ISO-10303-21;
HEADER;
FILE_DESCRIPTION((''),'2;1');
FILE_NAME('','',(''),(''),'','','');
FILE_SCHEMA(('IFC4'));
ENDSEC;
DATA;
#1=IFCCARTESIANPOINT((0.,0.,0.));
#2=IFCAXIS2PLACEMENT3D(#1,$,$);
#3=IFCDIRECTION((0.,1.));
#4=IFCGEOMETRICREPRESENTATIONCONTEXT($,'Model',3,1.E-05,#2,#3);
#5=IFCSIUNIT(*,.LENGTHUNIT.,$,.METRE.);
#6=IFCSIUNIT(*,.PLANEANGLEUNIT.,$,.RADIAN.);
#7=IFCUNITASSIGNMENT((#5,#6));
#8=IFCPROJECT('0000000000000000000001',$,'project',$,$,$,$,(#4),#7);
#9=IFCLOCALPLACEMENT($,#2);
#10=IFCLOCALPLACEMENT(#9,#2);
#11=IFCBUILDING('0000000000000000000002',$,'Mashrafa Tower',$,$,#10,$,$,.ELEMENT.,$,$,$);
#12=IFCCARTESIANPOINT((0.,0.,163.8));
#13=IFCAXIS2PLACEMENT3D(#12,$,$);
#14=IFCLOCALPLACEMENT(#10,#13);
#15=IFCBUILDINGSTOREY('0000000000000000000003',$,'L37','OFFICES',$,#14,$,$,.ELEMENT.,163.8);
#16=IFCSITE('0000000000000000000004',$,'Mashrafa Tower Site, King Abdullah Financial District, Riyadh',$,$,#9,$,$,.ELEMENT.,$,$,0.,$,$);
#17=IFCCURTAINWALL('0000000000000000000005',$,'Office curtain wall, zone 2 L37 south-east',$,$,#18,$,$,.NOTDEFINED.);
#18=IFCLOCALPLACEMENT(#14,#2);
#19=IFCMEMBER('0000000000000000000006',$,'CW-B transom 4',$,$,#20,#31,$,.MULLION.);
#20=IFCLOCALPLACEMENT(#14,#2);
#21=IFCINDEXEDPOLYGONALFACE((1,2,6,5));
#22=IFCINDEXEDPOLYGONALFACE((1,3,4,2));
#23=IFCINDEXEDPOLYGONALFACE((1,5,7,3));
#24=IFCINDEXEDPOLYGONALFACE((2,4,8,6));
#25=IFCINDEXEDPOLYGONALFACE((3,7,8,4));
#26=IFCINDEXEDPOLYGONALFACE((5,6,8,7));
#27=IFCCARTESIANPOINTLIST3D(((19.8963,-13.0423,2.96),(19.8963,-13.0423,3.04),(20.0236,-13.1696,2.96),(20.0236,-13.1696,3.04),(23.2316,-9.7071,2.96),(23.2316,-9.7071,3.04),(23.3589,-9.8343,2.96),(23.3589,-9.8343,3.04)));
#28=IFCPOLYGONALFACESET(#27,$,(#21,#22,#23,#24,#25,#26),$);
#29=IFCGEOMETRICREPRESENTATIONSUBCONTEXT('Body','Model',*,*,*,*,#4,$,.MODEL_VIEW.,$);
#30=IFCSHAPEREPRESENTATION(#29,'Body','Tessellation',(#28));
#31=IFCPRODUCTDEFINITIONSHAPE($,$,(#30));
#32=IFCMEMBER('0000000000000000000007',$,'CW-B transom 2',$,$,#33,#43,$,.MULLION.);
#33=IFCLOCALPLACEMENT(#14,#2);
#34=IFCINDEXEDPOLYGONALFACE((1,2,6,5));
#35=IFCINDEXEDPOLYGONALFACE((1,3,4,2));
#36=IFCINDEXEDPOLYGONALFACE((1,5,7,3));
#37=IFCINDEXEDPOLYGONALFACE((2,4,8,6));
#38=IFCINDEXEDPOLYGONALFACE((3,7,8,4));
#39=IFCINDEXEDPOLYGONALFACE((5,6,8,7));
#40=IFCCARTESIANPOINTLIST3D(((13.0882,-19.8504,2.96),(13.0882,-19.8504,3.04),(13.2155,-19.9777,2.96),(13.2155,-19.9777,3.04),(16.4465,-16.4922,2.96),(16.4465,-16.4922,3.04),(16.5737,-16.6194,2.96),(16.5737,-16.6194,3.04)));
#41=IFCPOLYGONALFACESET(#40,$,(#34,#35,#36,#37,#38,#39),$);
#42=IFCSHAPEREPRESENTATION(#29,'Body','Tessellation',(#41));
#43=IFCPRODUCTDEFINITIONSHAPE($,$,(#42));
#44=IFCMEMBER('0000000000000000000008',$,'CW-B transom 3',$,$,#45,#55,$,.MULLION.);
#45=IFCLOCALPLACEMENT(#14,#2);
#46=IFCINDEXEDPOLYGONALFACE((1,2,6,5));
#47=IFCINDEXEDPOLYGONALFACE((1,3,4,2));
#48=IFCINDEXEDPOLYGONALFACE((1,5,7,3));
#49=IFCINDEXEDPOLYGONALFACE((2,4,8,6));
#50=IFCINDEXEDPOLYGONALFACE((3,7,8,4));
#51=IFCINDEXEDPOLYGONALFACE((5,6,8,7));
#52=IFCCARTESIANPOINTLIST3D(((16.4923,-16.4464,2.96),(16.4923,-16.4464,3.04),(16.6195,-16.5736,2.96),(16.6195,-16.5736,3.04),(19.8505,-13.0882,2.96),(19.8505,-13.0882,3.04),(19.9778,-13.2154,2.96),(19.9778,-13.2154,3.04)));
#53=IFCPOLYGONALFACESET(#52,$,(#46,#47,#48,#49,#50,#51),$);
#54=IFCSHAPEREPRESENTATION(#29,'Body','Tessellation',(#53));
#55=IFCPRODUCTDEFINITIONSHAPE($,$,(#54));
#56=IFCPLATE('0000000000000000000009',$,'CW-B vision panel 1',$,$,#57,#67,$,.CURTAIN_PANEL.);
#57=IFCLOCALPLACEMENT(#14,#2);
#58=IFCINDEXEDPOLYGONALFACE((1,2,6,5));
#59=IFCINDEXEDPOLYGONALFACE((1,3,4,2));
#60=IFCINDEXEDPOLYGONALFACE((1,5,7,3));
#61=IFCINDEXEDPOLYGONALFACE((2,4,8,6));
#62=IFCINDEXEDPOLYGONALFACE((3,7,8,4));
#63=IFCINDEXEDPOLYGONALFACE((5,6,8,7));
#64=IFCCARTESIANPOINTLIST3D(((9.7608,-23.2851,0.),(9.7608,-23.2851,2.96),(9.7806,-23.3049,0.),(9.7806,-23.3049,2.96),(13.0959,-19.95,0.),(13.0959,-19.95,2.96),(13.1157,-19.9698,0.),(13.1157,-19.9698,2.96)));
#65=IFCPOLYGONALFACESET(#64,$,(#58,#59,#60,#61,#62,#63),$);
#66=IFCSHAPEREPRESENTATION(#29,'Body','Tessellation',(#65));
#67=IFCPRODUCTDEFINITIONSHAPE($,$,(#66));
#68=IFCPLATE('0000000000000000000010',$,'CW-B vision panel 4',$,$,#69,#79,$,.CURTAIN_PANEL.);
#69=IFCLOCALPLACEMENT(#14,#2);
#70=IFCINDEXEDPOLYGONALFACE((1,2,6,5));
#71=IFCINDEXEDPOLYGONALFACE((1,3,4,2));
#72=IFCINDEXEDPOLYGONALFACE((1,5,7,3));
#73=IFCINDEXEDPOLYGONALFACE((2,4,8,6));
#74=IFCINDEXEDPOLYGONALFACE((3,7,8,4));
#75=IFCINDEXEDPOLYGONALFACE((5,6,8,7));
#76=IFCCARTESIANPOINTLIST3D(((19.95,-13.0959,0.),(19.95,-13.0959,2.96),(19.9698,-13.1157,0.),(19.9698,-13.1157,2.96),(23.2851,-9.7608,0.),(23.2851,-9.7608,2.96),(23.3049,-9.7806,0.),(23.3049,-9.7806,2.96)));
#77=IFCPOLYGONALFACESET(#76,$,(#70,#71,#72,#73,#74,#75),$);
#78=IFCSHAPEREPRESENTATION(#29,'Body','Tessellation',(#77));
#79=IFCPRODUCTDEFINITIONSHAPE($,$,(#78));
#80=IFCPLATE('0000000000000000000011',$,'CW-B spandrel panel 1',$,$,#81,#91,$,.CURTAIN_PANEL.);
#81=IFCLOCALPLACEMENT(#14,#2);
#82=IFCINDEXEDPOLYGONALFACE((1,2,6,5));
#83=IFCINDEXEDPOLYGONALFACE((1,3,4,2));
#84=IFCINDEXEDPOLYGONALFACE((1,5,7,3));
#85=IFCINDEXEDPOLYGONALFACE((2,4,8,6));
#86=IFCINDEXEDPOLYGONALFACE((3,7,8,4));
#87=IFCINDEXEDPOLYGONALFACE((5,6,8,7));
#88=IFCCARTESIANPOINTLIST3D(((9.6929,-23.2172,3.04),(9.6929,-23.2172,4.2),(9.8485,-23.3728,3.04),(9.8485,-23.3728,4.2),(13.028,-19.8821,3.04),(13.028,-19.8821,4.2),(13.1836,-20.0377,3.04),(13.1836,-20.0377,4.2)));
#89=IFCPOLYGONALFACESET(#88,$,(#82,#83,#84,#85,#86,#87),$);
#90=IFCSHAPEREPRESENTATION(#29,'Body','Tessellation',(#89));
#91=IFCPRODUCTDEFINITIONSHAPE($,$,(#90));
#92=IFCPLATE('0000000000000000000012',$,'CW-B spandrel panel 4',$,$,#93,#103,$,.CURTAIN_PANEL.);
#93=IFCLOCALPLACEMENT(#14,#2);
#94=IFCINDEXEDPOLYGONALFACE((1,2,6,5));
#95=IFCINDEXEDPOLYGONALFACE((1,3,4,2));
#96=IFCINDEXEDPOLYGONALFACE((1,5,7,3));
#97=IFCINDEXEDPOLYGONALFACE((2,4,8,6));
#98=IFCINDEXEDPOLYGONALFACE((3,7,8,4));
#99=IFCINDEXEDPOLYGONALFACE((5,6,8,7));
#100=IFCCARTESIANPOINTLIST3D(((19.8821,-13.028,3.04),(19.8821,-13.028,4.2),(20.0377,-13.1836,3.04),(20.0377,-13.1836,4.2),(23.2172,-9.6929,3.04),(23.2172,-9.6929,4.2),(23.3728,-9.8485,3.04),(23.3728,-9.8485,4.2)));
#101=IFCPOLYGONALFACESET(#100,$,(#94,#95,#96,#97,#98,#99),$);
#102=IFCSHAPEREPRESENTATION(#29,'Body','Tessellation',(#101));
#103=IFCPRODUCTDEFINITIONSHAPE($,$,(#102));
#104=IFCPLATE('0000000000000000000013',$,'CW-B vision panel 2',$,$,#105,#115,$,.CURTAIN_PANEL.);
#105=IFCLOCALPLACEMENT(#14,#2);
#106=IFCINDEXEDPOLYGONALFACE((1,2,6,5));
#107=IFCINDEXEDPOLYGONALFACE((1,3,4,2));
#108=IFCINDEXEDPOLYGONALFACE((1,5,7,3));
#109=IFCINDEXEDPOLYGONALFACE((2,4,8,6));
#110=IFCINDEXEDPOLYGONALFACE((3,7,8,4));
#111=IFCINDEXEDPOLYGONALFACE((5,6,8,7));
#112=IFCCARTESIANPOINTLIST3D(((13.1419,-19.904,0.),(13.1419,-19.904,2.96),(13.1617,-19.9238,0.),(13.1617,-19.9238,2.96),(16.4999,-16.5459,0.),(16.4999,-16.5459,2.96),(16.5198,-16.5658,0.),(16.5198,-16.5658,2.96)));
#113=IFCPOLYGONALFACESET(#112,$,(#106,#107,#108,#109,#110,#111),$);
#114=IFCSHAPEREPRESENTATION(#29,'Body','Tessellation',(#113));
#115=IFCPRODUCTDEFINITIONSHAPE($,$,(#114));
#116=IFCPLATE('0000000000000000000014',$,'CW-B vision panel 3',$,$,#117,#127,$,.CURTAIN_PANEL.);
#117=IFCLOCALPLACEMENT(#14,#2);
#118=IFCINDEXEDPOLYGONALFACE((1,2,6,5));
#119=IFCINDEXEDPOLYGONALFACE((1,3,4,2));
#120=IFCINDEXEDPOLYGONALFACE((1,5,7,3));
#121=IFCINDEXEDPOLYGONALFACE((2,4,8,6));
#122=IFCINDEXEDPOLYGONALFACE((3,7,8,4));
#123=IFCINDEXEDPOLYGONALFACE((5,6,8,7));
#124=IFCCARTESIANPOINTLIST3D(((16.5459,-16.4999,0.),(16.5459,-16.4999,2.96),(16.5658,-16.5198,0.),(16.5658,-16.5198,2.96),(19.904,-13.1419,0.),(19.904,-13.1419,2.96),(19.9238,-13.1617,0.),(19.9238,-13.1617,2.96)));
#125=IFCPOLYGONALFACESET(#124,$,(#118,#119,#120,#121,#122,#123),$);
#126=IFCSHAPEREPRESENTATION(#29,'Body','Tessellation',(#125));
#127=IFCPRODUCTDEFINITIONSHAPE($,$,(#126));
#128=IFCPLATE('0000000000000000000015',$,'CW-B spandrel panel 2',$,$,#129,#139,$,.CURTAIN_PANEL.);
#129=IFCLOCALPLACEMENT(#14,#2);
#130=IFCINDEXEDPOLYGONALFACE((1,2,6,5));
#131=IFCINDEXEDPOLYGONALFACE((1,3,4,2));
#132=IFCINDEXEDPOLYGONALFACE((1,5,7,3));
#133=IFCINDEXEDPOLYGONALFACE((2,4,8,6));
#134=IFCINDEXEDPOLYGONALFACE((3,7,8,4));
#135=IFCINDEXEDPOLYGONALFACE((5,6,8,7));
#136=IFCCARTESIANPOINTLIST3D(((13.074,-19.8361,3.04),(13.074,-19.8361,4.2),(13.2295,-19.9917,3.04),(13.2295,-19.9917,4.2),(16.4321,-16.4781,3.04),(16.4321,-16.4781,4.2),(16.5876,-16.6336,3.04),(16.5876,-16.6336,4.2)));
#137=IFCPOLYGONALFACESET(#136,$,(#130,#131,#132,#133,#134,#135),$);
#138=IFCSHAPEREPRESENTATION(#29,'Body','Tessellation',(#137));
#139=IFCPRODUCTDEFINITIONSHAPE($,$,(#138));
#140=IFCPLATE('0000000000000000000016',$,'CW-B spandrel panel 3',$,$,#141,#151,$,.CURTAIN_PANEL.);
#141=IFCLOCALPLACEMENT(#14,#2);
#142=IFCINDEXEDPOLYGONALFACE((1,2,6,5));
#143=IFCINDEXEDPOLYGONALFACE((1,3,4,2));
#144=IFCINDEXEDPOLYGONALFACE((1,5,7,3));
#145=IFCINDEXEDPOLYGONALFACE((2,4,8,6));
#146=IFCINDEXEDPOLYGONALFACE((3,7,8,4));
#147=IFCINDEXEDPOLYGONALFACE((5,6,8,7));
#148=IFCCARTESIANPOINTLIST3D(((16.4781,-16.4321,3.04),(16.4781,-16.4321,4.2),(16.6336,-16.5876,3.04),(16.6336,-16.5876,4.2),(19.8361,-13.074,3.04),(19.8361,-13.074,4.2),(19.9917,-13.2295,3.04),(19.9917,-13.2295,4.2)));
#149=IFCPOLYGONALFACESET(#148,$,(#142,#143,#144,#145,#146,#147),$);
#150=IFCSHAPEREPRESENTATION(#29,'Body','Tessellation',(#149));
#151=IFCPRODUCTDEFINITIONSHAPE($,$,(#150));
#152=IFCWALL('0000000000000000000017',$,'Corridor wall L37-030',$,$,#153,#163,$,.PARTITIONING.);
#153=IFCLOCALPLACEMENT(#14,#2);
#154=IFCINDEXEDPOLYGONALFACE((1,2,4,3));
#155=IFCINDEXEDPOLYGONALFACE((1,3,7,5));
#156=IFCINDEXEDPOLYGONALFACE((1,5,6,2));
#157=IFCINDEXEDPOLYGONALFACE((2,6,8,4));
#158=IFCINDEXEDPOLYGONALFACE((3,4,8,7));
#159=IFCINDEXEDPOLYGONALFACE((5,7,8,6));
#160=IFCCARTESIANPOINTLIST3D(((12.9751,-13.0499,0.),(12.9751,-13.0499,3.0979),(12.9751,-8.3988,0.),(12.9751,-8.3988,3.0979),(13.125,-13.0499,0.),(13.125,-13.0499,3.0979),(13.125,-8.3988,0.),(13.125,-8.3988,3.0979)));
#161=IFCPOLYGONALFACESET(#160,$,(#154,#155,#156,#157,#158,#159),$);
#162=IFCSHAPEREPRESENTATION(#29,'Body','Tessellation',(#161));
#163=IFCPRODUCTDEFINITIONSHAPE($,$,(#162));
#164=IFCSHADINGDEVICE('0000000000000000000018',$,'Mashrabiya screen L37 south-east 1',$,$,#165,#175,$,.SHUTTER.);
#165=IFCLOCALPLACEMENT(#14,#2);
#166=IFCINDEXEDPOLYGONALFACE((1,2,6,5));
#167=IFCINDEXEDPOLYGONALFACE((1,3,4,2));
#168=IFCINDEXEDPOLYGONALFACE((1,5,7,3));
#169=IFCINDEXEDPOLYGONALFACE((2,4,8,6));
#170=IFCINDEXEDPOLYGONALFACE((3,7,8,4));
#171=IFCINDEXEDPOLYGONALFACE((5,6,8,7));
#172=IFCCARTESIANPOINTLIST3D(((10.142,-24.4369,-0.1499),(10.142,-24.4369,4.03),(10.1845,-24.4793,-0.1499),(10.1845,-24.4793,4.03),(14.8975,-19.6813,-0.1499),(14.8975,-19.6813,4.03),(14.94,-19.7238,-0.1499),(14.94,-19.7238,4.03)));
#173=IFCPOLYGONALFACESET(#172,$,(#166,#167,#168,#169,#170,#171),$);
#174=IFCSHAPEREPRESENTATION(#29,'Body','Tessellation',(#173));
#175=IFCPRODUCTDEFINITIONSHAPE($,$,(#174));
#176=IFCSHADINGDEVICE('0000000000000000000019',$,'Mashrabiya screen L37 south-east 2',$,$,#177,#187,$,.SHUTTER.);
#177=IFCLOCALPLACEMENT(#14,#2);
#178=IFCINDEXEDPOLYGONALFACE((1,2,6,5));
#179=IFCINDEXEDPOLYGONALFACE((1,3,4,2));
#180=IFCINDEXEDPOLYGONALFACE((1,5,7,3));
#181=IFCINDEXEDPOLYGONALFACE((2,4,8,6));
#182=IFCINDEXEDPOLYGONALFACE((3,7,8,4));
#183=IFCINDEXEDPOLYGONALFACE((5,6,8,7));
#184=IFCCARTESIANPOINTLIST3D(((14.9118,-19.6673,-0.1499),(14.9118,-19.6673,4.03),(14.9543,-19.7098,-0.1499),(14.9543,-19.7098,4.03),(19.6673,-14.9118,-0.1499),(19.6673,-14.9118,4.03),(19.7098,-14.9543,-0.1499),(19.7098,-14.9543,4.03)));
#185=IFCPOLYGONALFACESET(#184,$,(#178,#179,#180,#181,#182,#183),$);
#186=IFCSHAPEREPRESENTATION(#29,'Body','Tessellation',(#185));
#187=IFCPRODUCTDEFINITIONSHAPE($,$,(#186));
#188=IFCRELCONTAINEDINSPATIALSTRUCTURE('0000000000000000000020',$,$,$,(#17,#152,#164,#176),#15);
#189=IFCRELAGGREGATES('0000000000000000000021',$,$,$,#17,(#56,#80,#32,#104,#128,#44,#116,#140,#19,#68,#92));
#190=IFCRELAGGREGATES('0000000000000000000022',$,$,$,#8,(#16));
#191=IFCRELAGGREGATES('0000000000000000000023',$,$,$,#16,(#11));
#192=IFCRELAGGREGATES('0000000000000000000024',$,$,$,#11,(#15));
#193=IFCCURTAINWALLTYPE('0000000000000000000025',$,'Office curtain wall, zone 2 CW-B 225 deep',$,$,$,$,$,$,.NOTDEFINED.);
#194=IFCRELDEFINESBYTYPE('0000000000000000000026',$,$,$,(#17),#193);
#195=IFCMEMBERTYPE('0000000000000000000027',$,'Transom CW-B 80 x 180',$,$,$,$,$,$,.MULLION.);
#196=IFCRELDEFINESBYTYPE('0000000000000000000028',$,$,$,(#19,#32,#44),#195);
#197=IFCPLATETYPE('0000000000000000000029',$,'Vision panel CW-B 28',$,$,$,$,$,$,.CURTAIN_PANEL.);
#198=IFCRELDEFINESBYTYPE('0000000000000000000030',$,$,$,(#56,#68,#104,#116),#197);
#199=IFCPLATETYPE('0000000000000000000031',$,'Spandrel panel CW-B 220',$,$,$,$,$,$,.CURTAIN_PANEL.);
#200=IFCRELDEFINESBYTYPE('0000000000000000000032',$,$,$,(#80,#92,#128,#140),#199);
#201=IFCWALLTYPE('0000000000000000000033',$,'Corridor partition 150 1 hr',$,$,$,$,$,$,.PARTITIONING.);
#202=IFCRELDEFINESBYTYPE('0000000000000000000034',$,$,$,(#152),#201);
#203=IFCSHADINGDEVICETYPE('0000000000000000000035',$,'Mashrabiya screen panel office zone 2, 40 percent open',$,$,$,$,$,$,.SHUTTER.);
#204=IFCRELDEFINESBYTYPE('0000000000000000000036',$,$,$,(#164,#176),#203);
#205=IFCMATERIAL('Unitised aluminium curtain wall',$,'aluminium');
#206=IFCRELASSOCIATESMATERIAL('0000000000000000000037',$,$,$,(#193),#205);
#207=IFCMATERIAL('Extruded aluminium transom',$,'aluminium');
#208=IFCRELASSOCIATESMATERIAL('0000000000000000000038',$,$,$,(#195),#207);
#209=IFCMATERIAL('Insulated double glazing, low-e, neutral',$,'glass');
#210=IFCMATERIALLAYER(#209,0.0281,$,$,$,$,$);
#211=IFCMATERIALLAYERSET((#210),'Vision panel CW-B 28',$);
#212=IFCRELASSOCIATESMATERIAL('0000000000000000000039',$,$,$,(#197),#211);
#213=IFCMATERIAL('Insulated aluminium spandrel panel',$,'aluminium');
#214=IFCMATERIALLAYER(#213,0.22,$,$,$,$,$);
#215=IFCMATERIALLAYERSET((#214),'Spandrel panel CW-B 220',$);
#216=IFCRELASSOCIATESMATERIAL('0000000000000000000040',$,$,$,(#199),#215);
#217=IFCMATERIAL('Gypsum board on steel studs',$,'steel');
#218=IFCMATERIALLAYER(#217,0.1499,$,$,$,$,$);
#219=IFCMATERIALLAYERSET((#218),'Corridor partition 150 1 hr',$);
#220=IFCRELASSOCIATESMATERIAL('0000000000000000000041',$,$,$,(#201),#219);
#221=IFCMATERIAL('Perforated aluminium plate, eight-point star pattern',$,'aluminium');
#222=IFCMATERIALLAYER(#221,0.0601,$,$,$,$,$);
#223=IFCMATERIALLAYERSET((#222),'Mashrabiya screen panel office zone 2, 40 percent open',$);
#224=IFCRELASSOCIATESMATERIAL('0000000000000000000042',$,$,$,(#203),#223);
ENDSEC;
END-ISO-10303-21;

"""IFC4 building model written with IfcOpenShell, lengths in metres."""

from ifc_helpers import new_model, si_unit, direction, frame, frame_2d, origin, origin_2d, place, context, subcontext, project, spatial, rectangle, extrude, source, transform, mapped, material, layer, layer_set, material_profile, profile_set, type_object, type_shapes, element, aggregate, save


model = new_model("IFC4")

# Units and contexts
model_context = context("Model", 3, precision=1e-05, world=origin(), true_north=direction((0.0, 1.0)))
body_context = subcontext(model_context, "Body", "Model", "MODEL_VIEW")
ifc_project = project(units=[si_unit("LENGTHUNIT", "METRE"), si_unit("PLANEANGLEUNIT", "RADIAN")], contexts=[model_context])

# Site, building, storey
site_placement = place(None, origin())
site = spatial("IfcSite", under=ifc_project, at=site_placement, Name="Mashrafa Tower Site, King Abdullah Financial District, Riyadh", CompositionType="ELEMENT", RefElevation=0.0)
building_placement = place(site_placement, origin())
building = spatial("IfcBuilding", under=site, at=building_placement, Name="Mashrafa Tower", CompositionType="ELEMENT")
storey_placement = place(building_placement, frame((0.0, 0.0, 163.8)))
storey = spatial("IfcBuildingStorey", under=building, at=storey_placement, Name="L37", Description="OFFICES", CompositionType="ELEMENT", Elevation=163.8)

# Curtain wall, members, plates
ifc_material_1 = material(Name="Unitised aluminium curtain wall", Category="aluminium")
curtain_wall_type = type_object("IfcCurtainWallType", Name="Office curtain wall, zone 2 CW-B 225 deep", PredefinedType="NOTDEFINED", material=ifc_material_1)
curtain_wall_placement = place(storey_placement, origin())
curtain_wall = element("IfcCurtainWall", 1, at=curtain_wall_placement, inside=storey, type_object=curtain_wall_type, Name="Office curtain wall, zone 2 L37 south-east", PredefinedType="NOTDEFINED")
ifc_material_2 = material(Name="Extruded aluminium transom", Category="aluminium")
ifc_material_profile_1 = material_profile(ifc_material_2, rectangle(XDim=0.1799, YDim=0.0801, at=origin_2d()), Name="Transom 80x180")
ifc_profile_set_1 = profile_set([ifc_material_profile_1], Name="Extruded aluminium transom")
member_type_1 = type_object("IfcMemberType", Name="Transom CW-B 80 x 180", PredefinedType="MULLION", material=ifc_profile_set_1)
shared_shape_1 = source(origin(), body_context, "Body", "SweptSolid", [
    extrude(rectangle(XDim=0.1799, YDim=0.0801, at=origin_2d()), origin(), (0.0, 0.0, 1.0), 4.7168),
])
member_1_placement = place(storey_placement, frame((19.96, -13.106, 3.0), z_axis=(0.707107, 0.707107, 0.0), x_axis=(-0.707107, 0.707107, 0.0)))
member_1 = element("IfcMember", 2, at=member_1_placement, type_object=member_type_1, Name="CW-B transom 4", PredefinedType="MULLION", context=body_context, shape_type="MappedRepresentation", body=[
    mapped(shared_shape_1, transform((0.0, 0.0, 0.0))),
])
shared_shape_2 = source(origin(), body_context, "Body", "SweptSolid", [
    extrude(rectangle(XDim=0.1799, YDim=0.0801, at=origin_2d()), origin(), (0.0, 0.0, 1.0), 4.7493),
])
type_shapes(member_type_1, [shared_shape_1, shared_shape_2])
member_2_placement = place(storey_placement, frame((13.1519, -19.9141, 3.0), z_axis=(0.707107, 0.707107, 0.0), x_axis=(-0.707107, 0.707107, 0.0)))
member_2 = element("IfcMember", 3, at=member_2_placement, type_object=member_type_1, Name="CW-B transom 2", PredefinedType="MULLION", context=body_context, shape_type="MappedRepresentation", body=[
    mapped(shared_shape_2, transform((0.0, 0.0, 0.0))),
])
member_3_placement = place(storey_placement, frame((16.5559, -16.51, 3.0), z_axis=(0.707107, 0.707107, 0.0), x_axis=(-0.707107, 0.707107, 0.0)))
member_3 = element("IfcMember", 4, at=member_3_placement, type_object=member_type_1, Name="CW-B transom 3", PredefinedType="MULLION", context=body_context, shape_type="MappedRepresentation", body=[
    mapped(shared_shape_2, transform((0.0, 0.0, 0.0))),
])
ifc_material_3 = material(Name="Insulated double glazing, low-e, neutral", Category="glass")
ifc_layer_1 = layer(ifc_material_3, 0.0281)
ifc_layer_set_1 = layer_set([ifc_layer_1], Name="Vision panel CW-B 28")
plate_type_1 = type_object("IfcPlateType", Name="Vision panel CW-B 28", PredefinedType="CURTAIN_PANEL", material=ifc_layer_set_1)
shared_shape_3 = source(origin(), body_context, "Body", "SweptSolid", [
    extrude(rectangle(XDim=4.7166, YDim=0.0281, at=origin_2d()), origin(), (0.0, 0.0, 1.0), 2.96),
])
plate_1_placement = place(storey_placement, frame((11.4382, -21.6274, 0.0), z_axis=(0.0, 0.0, 1.0), x_axis=(0.707107, 0.707107, 0.0)))
plate_1 = element("IfcPlate", 5, at=plate_1_placement, type_object=plate_type_1, Name="CW-B vision panel 1", PredefinedType="CURTAIN_PANEL", context=body_context, shape_type="MappedRepresentation", body=[
    mapped(shared_shape_3, transform((0.0, 0.0, 0.0))),
])
plate_2_placement = place(storey_placement, frame((21.6274, -11.4382, 0.0), z_axis=(0.0, 0.0, 1.0), x_axis=(0.707107, 0.707107, 0.0)))
plate_2 = element("IfcPlate", 6, at=plate_2_placement, type_object=plate_type_1, Name="CW-B vision panel 4", PredefinedType="CURTAIN_PANEL", context=body_context, shape_type="MappedRepresentation", body=[
    mapped(shared_shape_3, transform((0.0, 0.0, 0.0))),
])
ifc_material_4 = material(Name="Insulated aluminium spandrel panel", Category="aluminium")
ifc_layer_2 = layer(ifc_material_4, 0.22)
ifc_layer_set_2 = layer_set([ifc_layer_2], Name="Spandrel panel CW-B 220")
plate_type_2 = type_object("IfcPlateType", Name="Spandrel panel CW-B 220", PredefinedType="CURTAIN_PANEL", material=ifc_layer_set_2)
shared_shape_4 = source(origin(), body_context, "Body", "SweptSolid", [
    extrude(rectangle(XDim=4.7166, YDim=0.22, at=origin_2d()), origin(), (0.0, 0.0, 1.0), 1.1599),
])
plate_3_placement = place(storey_placement, frame((11.4382, -21.6274, 3.04), z_axis=(0.0, 0.0, 1.0), x_axis=(0.707107, 0.707107, 0.0)))
plate_3 = element("IfcPlate", 7, at=plate_3_placement, type_object=plate_type_2, Name="CW-B spandrel panel 1", PredefinedType="CURTAIN_PANEL", context=body_context, shape_type="MappedRepresentation", body=[
    mapped(shared_shape_4, transform((0.0, 0.0, 0.0))),
])
plate_4_placement = place(storey_placement, frame((21.6274, -11.4382, 3.04), z_axis=(0.0, 0.0, 1.0), x_axis=(0.707107, 0.707107, 0.0)))
plate_4 = element("IfcPlate", 8, at=plate_4_placement, type_object=plate_type_2, Name="CW-B spandrel panel 4", PredefinedType="CURTAIN_PANEL", context=body_context, shape_type="MappedRepresentation", body=[
    mapped(shared_shape_4, transform((0.0, 0.0, 0.0))),
])
shared_shape_5 = source(origin(), body_context, "Body", "SweptSolid", [
    extrude(rectangle(XDim=4.749, YDim=0.0281, at=origin_2d()), origin(), (0.0, 0.0, 1.0), 2.96),
])
type_shapes(plate_type_1, [shared_shape_3, shared_shape_5])
plate_5_placement = place(storey_placement, frame((14.8308, -18.2349, 0.0), z_axis=(0.0, 0.0, 1.0), x_axis=(0.707107, 0.707107, 0.0)))
plate_5 = element("IfcPlate", 9, at=plate_5_placement, type_object=plate_type_1, Name="CW-B vision panel 2", PredefinedType="CURTAIN_PANEL", context=body_context, shape_type="MappedRepresentation", body=[
    mapped(shared_shape_5, transform((0.0, 0.0, 0.0))),
])
plate_6_placement = place(storey_placement, frame((18.2349, -14.8308, 0.0), z_axis=(0.0, 0.0, 1.0), x_axis=(0.707107, 0.707107, 0.0)))
plate_6 = element("IfcPlate", 10, at=plate_6_placement, type_object=plate_type_1, Name="CW-B vision panel 3", PredefinedType="CURTAIN_PANEL", context=body_context, shape_type="MappedRepresentation", body=[
    mapped(shared_shape_5, transform((0.0, 0.0, 0.0))),
])
shared_shape_6 = source(origin(), body_context, "Body", "SweptSolid", [
    extrude(rectangle(XDim=4.749, YDim=0.22, at=origin_2d()), origin(), (0.0, 0.0, 1.0), 1.1599),
])
type_shapes(plate_type_2, [shared_shape_4, shared_shape_6])
plate_7_placement = place(storey_placement, frame((14.8308, -18.2349, 3.04), z_axis=(0.0, 0.0, 1.0), x_axis=(0.707107, 0.707107, 0.0)))
plate_7 = element("IfcPlate", 11, at=plate_7_placement, type_object=plate_type_2, Name="CW-B spandrel panel 2", PredefinedType="CURTAIN_PANEL", context=body_context, shape_type="MappedRepresentation", body=[
    mapped(shared_shape_6, transform((0.0, 0.0, 0.0))),
])
plate_8_placement = place(storey_placement, frame((18.2349, -14.8308, 3.04), z_axis=(0.0, 0.0, 1.0), x_axis=(0.707107, 0.707107, 0.0)))
plate_8 = element("IfcPlate", 12, at=plate_8_placement, type_object=plate_type_2, Name="CW-B spandrel panel 3", PredefinedType="CURTAIN_PANEL", context=body_context, shape_type="MappedRepresentation", body=[
    mapped(shared_shape_6, transform((0.0, 0.0, 0.0))),
])
aggregate(curtain_wall, [plate_1, plate_3, member_2, plate_5, plate_7, member_3, plate_6, plate_8, member_1, plate_2, plate_4])

# Wall
ifc_material_5 = material(Name="Gypsum board on steel studs", Category="steel")
ifc_layer_3 = layer(ifc_material_5, 0.1499)
ifc_layer_set_3 = layer_set([ifc_layer_3], Name="Corridor partition 150 1 hr")
wall_type = type_object("IfcWallType", Name="Corridor partition 150 1 hr", PredefinedType="PARTITIONING", material=ifc_layer_set_3)
wall_placement = place(storey_placement, frame((13.05, -13.05, 0.0), z_axis=(0.0, 0.0, 1.0), x_axis=(0.0, 1.0, 0.0)))
element("IfcWall", 13, at=wall_placement, inside=storey, type_object=wall_type, Name="Corridor wall L37-030", PredefinedType="PARTITIONING", context=body_context, shape_type="SweptSolid", body=[
    extrude(rectangle(XDim=4.6511, YDim=0.1499, at=frame_2d((2.3257, 0.0))), origin(), (0.0, 0.0, 1.0), 3.0979),
])

# Shading devices
ifc_material_6 = material(Name="Perforated aluminium plate, eight-point star pattern", Category="aluminium")
ifc_layer_4 = layer(ifc_material_6, 0.0601)
ifc_layer_set_4 = layer_set([ifc_layer_4], Name="Mashrabiya screen panel office zone 2, 40 percent open")
shading_device_type = type_object("IfcShadingDeviceType", Name="Mashrabiya screen panel office zone 2, 40 percent open", PredefinedType="SHUTTER", material=ifc_layer_set_4)
shared_shape_7 = source(origin(), body_context, "Body", "SweptSolid", [
    extrude(rectangle(XDim=6.7253, YDim=0.0601, at=origin_2d()), origin(), (0.0, 0.0, 1.0), 4.1799),
])
type_shapes(shading_device_type, [shared_shape_7])
for number, where, z_axis, x_axis, name in (
    (14, (12.541, -22.0803, -0.1499), (0.0, 0.0, 1.0), (0.707107, 0.707107, 0.0), "Mashrabiya screen L37 south-east 1"),
    (15, (17.3108, -17.3108, -0.1499), (0.0, 0.0, 1.0), (0.707107, 0.707107, 0.0), "Mashrabiya screen L37 south-east 2"),
):
    element("IfcShadingDevice", number, at=place(storey_placement, frame(where, z_axis=z_axis, x_axis=x_axis)), inside=storey, type_object=shading_device_type, Name=name, PredefinedType="SHUTTER", context=body_context, shape_type="MappedRepresentation", body=[
        mapped(shared_shape_7, transform((0.0, 0.0, 0.0))),
    ])

save(model, "model.ifc")
